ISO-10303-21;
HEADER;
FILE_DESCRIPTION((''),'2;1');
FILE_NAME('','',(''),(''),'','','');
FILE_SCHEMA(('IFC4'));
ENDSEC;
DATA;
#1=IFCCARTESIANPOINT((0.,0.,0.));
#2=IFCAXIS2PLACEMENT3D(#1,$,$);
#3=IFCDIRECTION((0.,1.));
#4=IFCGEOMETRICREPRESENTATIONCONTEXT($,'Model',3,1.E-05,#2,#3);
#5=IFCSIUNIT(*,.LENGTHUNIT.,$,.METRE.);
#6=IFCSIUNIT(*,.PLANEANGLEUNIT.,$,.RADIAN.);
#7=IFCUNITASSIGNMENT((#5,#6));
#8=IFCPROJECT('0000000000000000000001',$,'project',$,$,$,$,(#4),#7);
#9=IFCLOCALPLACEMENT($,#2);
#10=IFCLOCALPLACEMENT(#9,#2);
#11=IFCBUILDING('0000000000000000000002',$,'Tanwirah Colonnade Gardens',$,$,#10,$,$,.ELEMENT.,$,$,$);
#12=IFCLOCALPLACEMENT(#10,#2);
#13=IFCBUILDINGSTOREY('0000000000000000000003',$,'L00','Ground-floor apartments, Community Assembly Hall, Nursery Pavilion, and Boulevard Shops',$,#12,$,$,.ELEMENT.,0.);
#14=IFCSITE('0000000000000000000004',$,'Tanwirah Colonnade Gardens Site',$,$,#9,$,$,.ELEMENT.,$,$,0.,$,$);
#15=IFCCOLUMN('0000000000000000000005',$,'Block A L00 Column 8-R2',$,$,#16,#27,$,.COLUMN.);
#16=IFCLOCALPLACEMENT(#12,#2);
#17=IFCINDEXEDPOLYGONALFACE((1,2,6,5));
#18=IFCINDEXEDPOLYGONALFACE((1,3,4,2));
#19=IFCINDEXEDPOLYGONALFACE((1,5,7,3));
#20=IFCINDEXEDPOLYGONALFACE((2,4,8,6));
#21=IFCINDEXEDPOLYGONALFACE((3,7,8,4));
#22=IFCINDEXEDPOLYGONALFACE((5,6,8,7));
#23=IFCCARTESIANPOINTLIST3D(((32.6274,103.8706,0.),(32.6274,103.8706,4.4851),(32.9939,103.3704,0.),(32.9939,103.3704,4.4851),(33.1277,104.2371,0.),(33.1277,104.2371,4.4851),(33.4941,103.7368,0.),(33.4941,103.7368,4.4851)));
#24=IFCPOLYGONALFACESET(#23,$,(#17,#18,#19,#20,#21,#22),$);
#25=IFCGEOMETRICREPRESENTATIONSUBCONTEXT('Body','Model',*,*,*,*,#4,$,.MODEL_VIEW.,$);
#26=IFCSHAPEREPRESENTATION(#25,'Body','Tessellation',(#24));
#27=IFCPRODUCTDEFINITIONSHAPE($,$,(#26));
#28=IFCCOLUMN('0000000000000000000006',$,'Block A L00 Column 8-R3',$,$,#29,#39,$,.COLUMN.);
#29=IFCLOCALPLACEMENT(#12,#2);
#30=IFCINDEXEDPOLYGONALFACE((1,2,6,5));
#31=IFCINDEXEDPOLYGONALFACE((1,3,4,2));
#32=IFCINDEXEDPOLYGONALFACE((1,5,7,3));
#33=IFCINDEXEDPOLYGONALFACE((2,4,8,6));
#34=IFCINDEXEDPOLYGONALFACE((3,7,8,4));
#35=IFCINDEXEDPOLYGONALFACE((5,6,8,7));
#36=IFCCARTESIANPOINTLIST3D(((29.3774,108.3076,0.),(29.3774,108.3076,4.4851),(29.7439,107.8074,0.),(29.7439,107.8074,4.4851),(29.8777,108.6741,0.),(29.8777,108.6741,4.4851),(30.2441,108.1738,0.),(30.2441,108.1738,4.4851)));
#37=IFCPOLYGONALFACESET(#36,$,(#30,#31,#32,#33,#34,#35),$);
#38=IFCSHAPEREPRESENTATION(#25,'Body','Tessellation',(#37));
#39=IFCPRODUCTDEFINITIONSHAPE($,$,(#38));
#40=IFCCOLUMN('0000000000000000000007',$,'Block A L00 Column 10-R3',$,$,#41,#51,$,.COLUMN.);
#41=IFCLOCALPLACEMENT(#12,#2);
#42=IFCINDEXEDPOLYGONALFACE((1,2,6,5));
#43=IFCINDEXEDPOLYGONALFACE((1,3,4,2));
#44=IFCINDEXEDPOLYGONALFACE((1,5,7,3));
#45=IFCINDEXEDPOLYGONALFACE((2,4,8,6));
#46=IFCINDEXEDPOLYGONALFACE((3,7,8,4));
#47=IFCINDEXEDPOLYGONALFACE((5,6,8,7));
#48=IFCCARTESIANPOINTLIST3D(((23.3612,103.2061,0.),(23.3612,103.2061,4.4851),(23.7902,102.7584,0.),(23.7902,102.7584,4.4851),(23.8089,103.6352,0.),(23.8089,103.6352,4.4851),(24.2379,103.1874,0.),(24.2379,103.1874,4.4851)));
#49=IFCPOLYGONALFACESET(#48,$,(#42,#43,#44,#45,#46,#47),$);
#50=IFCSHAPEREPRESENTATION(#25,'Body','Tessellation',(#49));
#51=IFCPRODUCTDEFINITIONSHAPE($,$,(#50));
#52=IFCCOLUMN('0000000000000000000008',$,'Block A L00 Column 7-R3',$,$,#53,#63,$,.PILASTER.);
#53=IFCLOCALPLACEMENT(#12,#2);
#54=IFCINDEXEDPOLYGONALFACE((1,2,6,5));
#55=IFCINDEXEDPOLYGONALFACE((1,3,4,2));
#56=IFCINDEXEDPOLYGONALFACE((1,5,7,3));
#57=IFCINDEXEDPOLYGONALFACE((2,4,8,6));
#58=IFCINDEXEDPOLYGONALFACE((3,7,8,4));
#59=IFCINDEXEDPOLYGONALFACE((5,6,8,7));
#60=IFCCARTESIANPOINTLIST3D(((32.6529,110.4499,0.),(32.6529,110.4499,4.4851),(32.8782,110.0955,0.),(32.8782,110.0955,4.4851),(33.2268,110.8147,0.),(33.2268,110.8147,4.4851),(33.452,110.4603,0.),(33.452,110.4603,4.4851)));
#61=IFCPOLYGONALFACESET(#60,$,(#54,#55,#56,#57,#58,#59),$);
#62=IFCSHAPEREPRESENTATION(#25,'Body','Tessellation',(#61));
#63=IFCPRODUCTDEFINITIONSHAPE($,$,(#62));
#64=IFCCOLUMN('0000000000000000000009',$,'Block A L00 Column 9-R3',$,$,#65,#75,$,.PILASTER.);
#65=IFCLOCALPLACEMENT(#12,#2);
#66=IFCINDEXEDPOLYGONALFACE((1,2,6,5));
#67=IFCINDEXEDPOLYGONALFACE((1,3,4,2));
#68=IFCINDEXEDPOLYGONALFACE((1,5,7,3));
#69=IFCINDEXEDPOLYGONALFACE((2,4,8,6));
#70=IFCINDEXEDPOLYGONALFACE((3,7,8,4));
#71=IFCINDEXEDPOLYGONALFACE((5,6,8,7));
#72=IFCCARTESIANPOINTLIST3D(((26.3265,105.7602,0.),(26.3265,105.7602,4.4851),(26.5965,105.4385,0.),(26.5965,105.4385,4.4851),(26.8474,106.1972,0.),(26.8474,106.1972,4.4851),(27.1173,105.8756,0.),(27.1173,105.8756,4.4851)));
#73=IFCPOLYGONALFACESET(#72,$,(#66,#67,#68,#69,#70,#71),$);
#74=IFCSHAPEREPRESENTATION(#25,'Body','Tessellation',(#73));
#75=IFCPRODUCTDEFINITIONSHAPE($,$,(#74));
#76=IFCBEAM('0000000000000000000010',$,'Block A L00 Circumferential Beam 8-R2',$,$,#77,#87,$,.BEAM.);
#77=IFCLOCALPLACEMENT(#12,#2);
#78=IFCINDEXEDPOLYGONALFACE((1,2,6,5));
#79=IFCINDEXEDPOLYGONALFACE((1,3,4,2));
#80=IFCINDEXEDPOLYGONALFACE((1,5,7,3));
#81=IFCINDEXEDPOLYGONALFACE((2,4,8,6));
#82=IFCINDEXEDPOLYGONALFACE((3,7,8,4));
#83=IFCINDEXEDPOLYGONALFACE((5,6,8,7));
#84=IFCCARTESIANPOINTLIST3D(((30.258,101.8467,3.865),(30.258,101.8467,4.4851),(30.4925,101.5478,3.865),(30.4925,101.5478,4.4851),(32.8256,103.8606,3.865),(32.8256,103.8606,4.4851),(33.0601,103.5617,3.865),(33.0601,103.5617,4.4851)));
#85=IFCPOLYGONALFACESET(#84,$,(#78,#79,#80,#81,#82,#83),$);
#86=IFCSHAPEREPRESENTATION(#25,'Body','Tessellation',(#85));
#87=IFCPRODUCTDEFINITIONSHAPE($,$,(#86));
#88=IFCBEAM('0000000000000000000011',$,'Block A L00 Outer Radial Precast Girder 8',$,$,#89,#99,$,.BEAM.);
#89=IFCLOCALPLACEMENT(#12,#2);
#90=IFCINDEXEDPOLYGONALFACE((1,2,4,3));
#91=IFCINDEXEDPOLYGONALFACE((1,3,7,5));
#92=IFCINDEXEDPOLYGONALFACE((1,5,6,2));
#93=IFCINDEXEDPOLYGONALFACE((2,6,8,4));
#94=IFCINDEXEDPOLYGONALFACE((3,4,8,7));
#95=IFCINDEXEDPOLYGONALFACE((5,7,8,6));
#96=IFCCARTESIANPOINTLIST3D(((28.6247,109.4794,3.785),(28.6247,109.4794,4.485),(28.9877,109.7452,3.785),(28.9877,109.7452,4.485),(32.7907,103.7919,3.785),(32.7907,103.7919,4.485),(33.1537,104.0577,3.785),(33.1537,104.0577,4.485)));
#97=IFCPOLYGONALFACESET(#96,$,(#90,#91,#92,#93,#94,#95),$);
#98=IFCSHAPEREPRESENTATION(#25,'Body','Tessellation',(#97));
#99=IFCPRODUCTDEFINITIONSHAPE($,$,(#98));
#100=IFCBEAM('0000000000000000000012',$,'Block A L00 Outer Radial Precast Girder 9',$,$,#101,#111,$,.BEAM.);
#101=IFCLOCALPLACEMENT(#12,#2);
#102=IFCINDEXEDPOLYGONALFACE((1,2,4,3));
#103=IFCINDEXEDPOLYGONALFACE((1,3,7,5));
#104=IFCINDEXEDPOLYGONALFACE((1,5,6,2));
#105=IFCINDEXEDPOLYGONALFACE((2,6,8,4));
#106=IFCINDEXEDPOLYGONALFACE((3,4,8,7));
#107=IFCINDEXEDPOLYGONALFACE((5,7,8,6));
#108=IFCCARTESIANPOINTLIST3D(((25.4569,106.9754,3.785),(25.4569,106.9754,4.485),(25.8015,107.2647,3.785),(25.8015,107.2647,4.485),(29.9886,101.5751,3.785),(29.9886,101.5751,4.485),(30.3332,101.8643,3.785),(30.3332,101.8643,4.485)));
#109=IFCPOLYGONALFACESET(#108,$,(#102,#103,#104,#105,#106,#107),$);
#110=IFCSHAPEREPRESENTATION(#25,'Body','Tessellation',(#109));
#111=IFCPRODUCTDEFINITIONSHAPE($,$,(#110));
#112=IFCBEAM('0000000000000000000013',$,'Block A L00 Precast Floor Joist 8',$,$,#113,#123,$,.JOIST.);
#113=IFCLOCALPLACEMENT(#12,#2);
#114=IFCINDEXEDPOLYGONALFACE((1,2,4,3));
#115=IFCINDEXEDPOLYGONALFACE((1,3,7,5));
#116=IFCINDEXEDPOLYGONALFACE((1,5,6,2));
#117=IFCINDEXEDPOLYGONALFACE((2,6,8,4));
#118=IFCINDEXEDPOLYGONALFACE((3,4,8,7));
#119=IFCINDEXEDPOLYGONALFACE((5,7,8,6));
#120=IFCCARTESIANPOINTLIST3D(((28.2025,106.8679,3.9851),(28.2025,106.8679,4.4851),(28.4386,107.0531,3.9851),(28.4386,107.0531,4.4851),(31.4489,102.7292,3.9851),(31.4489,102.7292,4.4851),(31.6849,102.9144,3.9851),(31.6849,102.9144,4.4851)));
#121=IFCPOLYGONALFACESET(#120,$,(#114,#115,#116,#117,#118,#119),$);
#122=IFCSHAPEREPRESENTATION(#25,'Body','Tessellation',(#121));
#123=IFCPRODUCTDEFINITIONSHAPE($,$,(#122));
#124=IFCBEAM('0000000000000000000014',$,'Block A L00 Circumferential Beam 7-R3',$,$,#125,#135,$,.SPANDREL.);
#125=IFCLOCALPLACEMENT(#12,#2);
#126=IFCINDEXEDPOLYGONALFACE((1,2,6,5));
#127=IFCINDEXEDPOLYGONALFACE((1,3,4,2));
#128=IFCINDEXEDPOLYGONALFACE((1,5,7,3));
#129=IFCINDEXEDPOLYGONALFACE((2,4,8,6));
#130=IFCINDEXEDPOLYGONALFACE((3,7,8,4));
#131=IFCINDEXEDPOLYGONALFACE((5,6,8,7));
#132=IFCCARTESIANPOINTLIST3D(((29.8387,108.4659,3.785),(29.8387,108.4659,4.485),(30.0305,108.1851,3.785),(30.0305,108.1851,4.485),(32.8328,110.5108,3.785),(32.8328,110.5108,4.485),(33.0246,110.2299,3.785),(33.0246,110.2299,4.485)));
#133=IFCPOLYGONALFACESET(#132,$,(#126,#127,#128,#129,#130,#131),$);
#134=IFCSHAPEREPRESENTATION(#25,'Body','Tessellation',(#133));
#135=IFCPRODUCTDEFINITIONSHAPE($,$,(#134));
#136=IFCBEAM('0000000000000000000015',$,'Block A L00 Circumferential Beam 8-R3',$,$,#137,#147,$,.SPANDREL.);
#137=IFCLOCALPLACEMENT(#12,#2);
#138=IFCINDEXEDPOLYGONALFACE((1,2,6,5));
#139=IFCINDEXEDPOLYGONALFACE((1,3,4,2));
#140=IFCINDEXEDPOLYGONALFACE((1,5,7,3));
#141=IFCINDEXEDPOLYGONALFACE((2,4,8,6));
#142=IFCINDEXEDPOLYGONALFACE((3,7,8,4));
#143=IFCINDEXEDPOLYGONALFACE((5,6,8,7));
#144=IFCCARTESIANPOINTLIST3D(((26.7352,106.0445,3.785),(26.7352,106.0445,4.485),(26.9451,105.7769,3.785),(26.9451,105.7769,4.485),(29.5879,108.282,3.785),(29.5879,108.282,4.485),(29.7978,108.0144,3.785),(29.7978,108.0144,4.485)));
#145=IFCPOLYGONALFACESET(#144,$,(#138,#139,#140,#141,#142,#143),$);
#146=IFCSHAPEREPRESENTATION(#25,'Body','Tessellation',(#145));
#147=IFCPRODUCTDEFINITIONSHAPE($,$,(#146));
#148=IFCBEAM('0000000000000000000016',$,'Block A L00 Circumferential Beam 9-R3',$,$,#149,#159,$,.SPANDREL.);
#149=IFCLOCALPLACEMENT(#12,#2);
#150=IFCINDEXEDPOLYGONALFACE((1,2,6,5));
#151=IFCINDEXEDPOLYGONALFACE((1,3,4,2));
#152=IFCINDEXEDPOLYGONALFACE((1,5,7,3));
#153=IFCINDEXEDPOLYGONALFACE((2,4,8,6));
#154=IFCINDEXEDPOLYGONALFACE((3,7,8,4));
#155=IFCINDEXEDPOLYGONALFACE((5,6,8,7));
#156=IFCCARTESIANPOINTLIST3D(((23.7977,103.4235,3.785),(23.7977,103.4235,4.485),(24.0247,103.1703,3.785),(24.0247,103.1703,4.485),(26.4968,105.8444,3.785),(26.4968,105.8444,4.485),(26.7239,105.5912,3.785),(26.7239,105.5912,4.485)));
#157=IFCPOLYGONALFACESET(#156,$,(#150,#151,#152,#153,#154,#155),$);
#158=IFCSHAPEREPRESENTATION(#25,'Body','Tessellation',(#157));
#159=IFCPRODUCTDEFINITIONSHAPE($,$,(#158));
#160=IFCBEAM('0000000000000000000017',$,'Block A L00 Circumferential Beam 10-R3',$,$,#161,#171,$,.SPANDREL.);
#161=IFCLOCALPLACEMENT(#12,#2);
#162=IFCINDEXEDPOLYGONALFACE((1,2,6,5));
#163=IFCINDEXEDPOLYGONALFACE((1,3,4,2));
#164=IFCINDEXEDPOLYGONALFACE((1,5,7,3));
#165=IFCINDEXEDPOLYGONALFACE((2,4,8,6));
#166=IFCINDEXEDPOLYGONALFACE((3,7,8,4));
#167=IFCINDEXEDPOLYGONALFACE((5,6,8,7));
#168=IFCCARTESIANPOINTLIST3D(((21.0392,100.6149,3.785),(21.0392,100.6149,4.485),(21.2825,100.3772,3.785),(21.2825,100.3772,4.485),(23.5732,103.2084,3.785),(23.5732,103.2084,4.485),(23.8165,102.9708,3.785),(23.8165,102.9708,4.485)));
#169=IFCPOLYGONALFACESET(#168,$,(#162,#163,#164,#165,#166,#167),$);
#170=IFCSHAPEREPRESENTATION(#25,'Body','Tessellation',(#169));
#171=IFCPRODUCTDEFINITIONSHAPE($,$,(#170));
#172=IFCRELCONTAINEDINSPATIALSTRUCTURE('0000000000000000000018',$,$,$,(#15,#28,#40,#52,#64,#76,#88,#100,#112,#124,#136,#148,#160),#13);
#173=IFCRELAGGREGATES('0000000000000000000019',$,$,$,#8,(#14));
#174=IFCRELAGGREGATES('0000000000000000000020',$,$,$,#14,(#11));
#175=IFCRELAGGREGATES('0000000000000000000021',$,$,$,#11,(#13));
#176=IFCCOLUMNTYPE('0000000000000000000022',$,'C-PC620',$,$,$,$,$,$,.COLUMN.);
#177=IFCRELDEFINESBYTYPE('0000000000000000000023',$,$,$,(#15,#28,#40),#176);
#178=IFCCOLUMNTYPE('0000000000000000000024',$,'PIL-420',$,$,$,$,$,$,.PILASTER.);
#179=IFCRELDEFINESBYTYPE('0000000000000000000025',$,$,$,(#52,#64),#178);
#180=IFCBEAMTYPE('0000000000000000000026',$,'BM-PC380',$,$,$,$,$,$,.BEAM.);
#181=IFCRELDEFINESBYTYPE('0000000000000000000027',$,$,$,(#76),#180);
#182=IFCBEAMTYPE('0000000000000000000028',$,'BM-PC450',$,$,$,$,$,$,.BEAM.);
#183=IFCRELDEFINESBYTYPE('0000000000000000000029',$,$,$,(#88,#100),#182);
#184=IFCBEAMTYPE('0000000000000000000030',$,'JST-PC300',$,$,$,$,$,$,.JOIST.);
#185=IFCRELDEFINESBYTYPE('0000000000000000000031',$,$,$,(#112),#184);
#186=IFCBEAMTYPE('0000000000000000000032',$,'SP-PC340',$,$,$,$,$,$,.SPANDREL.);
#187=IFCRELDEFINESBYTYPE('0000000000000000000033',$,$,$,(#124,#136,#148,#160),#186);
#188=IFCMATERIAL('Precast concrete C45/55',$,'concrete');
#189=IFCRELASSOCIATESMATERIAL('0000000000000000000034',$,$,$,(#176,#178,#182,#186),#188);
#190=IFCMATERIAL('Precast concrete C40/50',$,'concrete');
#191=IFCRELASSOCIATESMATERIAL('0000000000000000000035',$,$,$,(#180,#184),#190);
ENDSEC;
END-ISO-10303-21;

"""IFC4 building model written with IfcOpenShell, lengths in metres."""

from ifc_helpers import new_model, si_unit, direction, frame, origin, origin_2d, place, context, subcontext, project, spatial, rectangle, extrude, material, material_profile, profile_set, type_object, element, save


model = new_model("IFC4")

# Units and contexts
model_context = context("Model", 3, precision=1e-05, world=origin(), true_north=direction((0.0, 1.0)))
body_context = subcontext(model_context, "Body", "Model", "MODEL_VIEW")
ifc_project = project(units=[si_unit("LENGTHUNIT", "METRE"), si_unit("PLANEANGLEUNIT", "RADIAN")], contexts=[model_context])

# Site, building, storey
site_placement = place(None, origin())
site = spatial("IfcSite", under=ifc_project, at=site_placement, Name="Tanwirah Colonnade Gardens Site", CompositionType="ELEMENT", RefElevation=0.0)
building_placement = place(site_placement, origin())
building = spatial("IfcBuilding", under=site, at=building_placement, Name="Tanwirah Colonnade Gardens", CompositionType="ELEMENT")
storey_placement = place(building_placement, origin())
storey = spatial("IfcBuildingStorey", under=building, at=storey_placement, Name="L00", Description="Ground-floor apartments, Community Assembly Hall, Nursery Pavilion, and Boulevard Shops", CompositionType="ELEMENT", Elevation=0.0)

# Columns
ifc_material_1 = material(Name="Precast concrete C45/55", Category="concrete")
ifc_material_profile_1 = material_profile(ifc_material_1, rectangle(XDim=0.6201, YDim=0.6201, at=origin_2d()), Name="PC-COL 620x620")
ifc_profile_set_1 = profile_set([ifc_material_profile_1], Name="Precast concrete C45/55")
column_type_1 = type_object("IfcColumnType", Name="C-PC620", PredefinedType="COLUMN", material=ifc_profile_set_1)
for number, where, z_axis, x_axis, name in (
    (1, (33.0608, 103.8037, 0.0), (0.0, 0.0, 1.0), (-0.590919, 0.806731, 0.0), "Block A L00 Column 8-R2"),
    (2, (29.8108, 108.2407, 0.0), (0.0, 0.0, 1.0), (-0.590919, 0.806731, 0.0), "Block A L00 Column 8-R3"),
    (3, (23.7996, 103.1968, 0.0), (0.0, 0.0, 1.0), (-0.691863, 0.722029, 0.0), "Block A L00 Column 10-R3"),
):
    element("IfcColumn", number, at=place(storey_placement, frame(where, z_axis=z_axis, x_axis=x_axis)), inside=storey, type_object=column_type_1, Name=name, PredefinedType="COLUMN", context=body_context, shape_type="SweptSolid", body=[
        extrude(rectangle(XDim=0.6201, YDim=0.6201, at=origin_2d()), origin(), (0.0, 0.0, 1.0), 4.4851),
    ])
ifc_material_profile_2 = material_profile(ifc_material_1, rectangle(XDim=0.4199, YDim=0.6799, at=origin_2d()), Name="PC-PIL 420x680")
ifc_profile_set_2 = profile_set([ifc_material_profile_2], Name="Precast concrete C45/55")
column_type_2 = type_object("IfcColumnType", Name="PIL-420", PredefinedType="PILASTER", material=ifc_profile_set_2)
for number, where, z_axis, x_axis, name in (
    (4, (33.0525, 110.4551, 0.0), (0.0, 0.0, 1.0), (-0.536482, 0.843912, 0.0), "Block A L00 Column 7-R3"),
    (5, (26.7219, 105.8179, 0.0), (0.0, 0.0, 1.0), (-0.642788, 0.766044, 0.0), "Block A L00 Column 9-R3"),
):
    element("IfcColumn", number, at=place(storey_placement, frame(where, z_axis=z_axis, x_axis=x_axis)), inside=storey, type_object=column_type_2, Name=name, PredefinedType="PILASTER", context=body_context, shape_type="SweptSolid", body=[
        extrude(rectangle(XDim=0.4199, YDim=0.6799, at=origin_2d()), origin(), (0.0, 0.0, 1.0), 4.4851),
    ])

# Beams
ifc_material_2 = material(Name="Precast concrete C40/50", Category="concrete")
ifc_material_profile_3 = material_profile(ifc_material_2, rectangle(XDim=0.3799, YDim=0.6201, at=origin_2d()), Name="PC-BM 380x620")
ifc_profile_set_3 = profile_set([ifc_material_profile_3], Name="Precast concrete C40/50")
beam_type_1 = type_object("IfcBeamType", Name="BM-PC380", PredefinedType="BEAM", material=ifc_profile_set_3)
beam_1_placement = place(storey_placement, frame((32.9429, 103.7112, 4.175), z_axis=(-0.78684, -0.617157, 0.0), x_axis=(0.617157, -0.78684, 0.0)))
element("IfcBeam", 6, at=beam_1_placement, inside=storey, type_object=beam_type_1, Name="Block A L00 Circumferential Beam 8-R2", PredefinedType="BEAM", context=body_context, shape_type="SweptSolid", body=[
    extrude(rectangle(XDim=0.3799, YDim=0.6201, at=origin_2d()), origin(), (0.0, 0.0, 1.0), 3.2632),
])
ifc_material_profile_4 = material_profile(ifc_material_1, rectangle(XDim=0.45, YDim=0.7, at=origin_2d()), Name="PC-BM 450x700")
ifc_profile_set_4 = profile_set([ifc_material_profile_4], Name="Precast concrete C45/55")
beam_type_2 = type_object("IfcBeamType", Name="BM-PC450", PredefinedType="BEAM", material=ifc_profile_set_4)
beam_2_placement = place(storey_placement, frame((32.9722, 103.9248, 4.135), z_axis=(-0.590919, 0.806731, 0.0), x_axis=(-0.806731, -0.590919, 0.0)))
element("IfcBeam", 7, at=beam_2_placement, inside=storey, type_object=beam_type_2, Name="Block A L00 Outer Radial Precast Girder 8", PredefinedType="BEAM", context=body_context, shape_type="SweptSolid", body=[
    extrude(rectangle(XDim=0.45, YDim=0.7, at=origin_2d()), origin(), (0.0, 0.0, 1.0), 7.05),
])
beam_3_placement = place(storey_placement, frame((30.1609, 101.7197, 4.135), z_axis=(-0.64281, 0.766025, 0.0), x_axis=(-0.766025, -0.64281, 0.0)))
element("IfcBeam", 8, at=beam_3_placement, inside=storey, type_object=beam_type_2, Name="Block A L00 Outer Radial Precast Girder 9", PredefinedType="BEAM", context=body_context, shape_type="SweptSolid", body=[
    extrude(rectangle(XDim=0.45, YDim=0.7, at=origin_2d()), origin(), (0.0, 0.0, 1.0), 7.0498),
])
ifc_material_profile_5 = material_profile(ifc_material_2, rectangle(XDim=0.3, YDim=0.5, at=origin_2d()), Name="PC-JST 300x500")
ifc_profile_set_5 = profile_set([ifc_material_profile_5], Name="Precast concrete C40/50")
beam_type_3 = type_object("IfcBeamType", Name="JST-PC300", PredefinedType="JOIST", material=ifc_profile_set_5)
beam_4_placement = place(storey_placement, frame((31.5669, 102.8218, 4.2351), z_axis=(-0.617178, 0.786824, 0.0), x_axis=(-0.786824, -0.617178, 0.0)))
element("IfcBeam", 9, at=beam_4_placement, inside=storey, type_object=beam_type_3, Name="Block A L00 Precast Floor Joist 8", PredefinedType="JOIST", context=body_context, shape_type="SweptSolid", body=[
    extrude(rectangle(XDim=0.3, YDim=0.5, at=origin_2d()), origin(), (0.0, 0.0, 1.0), 5.26),
])
ifc_material_profile_6 = material_profile(ifc_material_1, rectangle(XDim=0.3401, YDim=0.7, at=origin_2d()), Name="PC-SP 340x700")
ifc_profile_set_6 = profile_set([ifc_material_profile_6], Name="Precast concrete C45/55")
beam_type_4 = type_object("IfcBeamType", Name="SP-PC340", PredefinedType="SPANDREL", material=ifc_profile_set_6)
beam_5_placement = place(storey_placement, frame((32.9287, 110.3704, 4.135), z_axis=(-0.825783, -0.563989, 0.0), x_axis=(0.563989, -0.825783, 0.0)))
element("IfcBeam", 10, at=beam_5_placement, inside=storey, type_object=beam_type_4, Name="Block A L00 Circumferential Beam 7-R3", PredefinedType="SPANDREL", context=body_context, shape_type="SweptSolid", body=[
    extrude(rectangle(XDim=0.3401, YDim=0.7, at=origin_2d()), origin(), (0.0, 0.0, 1.0), 3.6257),
])
beam_6_placement = place(storey_placement, frame((29.6929, 108.1482, 4.135), z_axis=(-0.786844, -0.617152, 0.0), x_axis=(0.617152, -0.786844, 0.0)))
element("IfcBeam", 11, at=beam_6_placement, inside=storey, type_object=beam_type_4, Name="Block A L00 Circumferential Beam 8-R3", PredefinedType="SPANDREL", context=body_context, shape_type="SweptSolid", body=[
    extrude(rectangle(XDim=0.3401, YDim=0.7, at=origin_2d()), origin(), (0.0, 0.0, 1.0), 3.6255),
])
beam_7_placement = place(storey_placement, frame((26.6104, 105.7178, 4.135), z_axis=(-0.744445, -0.667684, 0.0), x_axis=(0.667684, -0.744445, 0.0)))
element("IfcBeam", 12, at=beam_7_placement, inside=storey, type_object=beam_type_4, Name="Block A L00 Circumferential Beam 9-R3", PredefinedType="SPANDREL", context=body_context, shape_type="SweptSolid", body=[
    extrude(rectangle(XDim=0.3401, YDim=0.7, at=origin_2d()), origin(), (0.0, 0.0, 1.0), 3.6257),
])
beam_8_placement = place(storey_placement, frame((23.6948, 103.0896, 4.135), z_axis=(-0.698844, -0.715274, 0.0), x_axis=(0.715274, -0.698844, 0.0)))
element("IfcBeam", 13, at=beam_8_placement, inside=storey, type_object=beam_type_4, Name="Block A L00 Circumferential Beam 10-R3", PredefinedType="SPANDREL", context=body_context, shape_type="SweptSolid", body=[
    extrude(rectangle(XDim=0.3401, YDim=0.7, at=origin_2d()), origin(), (0.0, 0.0, 1.0), 3.626),
])

save(model, "model.ifc")
